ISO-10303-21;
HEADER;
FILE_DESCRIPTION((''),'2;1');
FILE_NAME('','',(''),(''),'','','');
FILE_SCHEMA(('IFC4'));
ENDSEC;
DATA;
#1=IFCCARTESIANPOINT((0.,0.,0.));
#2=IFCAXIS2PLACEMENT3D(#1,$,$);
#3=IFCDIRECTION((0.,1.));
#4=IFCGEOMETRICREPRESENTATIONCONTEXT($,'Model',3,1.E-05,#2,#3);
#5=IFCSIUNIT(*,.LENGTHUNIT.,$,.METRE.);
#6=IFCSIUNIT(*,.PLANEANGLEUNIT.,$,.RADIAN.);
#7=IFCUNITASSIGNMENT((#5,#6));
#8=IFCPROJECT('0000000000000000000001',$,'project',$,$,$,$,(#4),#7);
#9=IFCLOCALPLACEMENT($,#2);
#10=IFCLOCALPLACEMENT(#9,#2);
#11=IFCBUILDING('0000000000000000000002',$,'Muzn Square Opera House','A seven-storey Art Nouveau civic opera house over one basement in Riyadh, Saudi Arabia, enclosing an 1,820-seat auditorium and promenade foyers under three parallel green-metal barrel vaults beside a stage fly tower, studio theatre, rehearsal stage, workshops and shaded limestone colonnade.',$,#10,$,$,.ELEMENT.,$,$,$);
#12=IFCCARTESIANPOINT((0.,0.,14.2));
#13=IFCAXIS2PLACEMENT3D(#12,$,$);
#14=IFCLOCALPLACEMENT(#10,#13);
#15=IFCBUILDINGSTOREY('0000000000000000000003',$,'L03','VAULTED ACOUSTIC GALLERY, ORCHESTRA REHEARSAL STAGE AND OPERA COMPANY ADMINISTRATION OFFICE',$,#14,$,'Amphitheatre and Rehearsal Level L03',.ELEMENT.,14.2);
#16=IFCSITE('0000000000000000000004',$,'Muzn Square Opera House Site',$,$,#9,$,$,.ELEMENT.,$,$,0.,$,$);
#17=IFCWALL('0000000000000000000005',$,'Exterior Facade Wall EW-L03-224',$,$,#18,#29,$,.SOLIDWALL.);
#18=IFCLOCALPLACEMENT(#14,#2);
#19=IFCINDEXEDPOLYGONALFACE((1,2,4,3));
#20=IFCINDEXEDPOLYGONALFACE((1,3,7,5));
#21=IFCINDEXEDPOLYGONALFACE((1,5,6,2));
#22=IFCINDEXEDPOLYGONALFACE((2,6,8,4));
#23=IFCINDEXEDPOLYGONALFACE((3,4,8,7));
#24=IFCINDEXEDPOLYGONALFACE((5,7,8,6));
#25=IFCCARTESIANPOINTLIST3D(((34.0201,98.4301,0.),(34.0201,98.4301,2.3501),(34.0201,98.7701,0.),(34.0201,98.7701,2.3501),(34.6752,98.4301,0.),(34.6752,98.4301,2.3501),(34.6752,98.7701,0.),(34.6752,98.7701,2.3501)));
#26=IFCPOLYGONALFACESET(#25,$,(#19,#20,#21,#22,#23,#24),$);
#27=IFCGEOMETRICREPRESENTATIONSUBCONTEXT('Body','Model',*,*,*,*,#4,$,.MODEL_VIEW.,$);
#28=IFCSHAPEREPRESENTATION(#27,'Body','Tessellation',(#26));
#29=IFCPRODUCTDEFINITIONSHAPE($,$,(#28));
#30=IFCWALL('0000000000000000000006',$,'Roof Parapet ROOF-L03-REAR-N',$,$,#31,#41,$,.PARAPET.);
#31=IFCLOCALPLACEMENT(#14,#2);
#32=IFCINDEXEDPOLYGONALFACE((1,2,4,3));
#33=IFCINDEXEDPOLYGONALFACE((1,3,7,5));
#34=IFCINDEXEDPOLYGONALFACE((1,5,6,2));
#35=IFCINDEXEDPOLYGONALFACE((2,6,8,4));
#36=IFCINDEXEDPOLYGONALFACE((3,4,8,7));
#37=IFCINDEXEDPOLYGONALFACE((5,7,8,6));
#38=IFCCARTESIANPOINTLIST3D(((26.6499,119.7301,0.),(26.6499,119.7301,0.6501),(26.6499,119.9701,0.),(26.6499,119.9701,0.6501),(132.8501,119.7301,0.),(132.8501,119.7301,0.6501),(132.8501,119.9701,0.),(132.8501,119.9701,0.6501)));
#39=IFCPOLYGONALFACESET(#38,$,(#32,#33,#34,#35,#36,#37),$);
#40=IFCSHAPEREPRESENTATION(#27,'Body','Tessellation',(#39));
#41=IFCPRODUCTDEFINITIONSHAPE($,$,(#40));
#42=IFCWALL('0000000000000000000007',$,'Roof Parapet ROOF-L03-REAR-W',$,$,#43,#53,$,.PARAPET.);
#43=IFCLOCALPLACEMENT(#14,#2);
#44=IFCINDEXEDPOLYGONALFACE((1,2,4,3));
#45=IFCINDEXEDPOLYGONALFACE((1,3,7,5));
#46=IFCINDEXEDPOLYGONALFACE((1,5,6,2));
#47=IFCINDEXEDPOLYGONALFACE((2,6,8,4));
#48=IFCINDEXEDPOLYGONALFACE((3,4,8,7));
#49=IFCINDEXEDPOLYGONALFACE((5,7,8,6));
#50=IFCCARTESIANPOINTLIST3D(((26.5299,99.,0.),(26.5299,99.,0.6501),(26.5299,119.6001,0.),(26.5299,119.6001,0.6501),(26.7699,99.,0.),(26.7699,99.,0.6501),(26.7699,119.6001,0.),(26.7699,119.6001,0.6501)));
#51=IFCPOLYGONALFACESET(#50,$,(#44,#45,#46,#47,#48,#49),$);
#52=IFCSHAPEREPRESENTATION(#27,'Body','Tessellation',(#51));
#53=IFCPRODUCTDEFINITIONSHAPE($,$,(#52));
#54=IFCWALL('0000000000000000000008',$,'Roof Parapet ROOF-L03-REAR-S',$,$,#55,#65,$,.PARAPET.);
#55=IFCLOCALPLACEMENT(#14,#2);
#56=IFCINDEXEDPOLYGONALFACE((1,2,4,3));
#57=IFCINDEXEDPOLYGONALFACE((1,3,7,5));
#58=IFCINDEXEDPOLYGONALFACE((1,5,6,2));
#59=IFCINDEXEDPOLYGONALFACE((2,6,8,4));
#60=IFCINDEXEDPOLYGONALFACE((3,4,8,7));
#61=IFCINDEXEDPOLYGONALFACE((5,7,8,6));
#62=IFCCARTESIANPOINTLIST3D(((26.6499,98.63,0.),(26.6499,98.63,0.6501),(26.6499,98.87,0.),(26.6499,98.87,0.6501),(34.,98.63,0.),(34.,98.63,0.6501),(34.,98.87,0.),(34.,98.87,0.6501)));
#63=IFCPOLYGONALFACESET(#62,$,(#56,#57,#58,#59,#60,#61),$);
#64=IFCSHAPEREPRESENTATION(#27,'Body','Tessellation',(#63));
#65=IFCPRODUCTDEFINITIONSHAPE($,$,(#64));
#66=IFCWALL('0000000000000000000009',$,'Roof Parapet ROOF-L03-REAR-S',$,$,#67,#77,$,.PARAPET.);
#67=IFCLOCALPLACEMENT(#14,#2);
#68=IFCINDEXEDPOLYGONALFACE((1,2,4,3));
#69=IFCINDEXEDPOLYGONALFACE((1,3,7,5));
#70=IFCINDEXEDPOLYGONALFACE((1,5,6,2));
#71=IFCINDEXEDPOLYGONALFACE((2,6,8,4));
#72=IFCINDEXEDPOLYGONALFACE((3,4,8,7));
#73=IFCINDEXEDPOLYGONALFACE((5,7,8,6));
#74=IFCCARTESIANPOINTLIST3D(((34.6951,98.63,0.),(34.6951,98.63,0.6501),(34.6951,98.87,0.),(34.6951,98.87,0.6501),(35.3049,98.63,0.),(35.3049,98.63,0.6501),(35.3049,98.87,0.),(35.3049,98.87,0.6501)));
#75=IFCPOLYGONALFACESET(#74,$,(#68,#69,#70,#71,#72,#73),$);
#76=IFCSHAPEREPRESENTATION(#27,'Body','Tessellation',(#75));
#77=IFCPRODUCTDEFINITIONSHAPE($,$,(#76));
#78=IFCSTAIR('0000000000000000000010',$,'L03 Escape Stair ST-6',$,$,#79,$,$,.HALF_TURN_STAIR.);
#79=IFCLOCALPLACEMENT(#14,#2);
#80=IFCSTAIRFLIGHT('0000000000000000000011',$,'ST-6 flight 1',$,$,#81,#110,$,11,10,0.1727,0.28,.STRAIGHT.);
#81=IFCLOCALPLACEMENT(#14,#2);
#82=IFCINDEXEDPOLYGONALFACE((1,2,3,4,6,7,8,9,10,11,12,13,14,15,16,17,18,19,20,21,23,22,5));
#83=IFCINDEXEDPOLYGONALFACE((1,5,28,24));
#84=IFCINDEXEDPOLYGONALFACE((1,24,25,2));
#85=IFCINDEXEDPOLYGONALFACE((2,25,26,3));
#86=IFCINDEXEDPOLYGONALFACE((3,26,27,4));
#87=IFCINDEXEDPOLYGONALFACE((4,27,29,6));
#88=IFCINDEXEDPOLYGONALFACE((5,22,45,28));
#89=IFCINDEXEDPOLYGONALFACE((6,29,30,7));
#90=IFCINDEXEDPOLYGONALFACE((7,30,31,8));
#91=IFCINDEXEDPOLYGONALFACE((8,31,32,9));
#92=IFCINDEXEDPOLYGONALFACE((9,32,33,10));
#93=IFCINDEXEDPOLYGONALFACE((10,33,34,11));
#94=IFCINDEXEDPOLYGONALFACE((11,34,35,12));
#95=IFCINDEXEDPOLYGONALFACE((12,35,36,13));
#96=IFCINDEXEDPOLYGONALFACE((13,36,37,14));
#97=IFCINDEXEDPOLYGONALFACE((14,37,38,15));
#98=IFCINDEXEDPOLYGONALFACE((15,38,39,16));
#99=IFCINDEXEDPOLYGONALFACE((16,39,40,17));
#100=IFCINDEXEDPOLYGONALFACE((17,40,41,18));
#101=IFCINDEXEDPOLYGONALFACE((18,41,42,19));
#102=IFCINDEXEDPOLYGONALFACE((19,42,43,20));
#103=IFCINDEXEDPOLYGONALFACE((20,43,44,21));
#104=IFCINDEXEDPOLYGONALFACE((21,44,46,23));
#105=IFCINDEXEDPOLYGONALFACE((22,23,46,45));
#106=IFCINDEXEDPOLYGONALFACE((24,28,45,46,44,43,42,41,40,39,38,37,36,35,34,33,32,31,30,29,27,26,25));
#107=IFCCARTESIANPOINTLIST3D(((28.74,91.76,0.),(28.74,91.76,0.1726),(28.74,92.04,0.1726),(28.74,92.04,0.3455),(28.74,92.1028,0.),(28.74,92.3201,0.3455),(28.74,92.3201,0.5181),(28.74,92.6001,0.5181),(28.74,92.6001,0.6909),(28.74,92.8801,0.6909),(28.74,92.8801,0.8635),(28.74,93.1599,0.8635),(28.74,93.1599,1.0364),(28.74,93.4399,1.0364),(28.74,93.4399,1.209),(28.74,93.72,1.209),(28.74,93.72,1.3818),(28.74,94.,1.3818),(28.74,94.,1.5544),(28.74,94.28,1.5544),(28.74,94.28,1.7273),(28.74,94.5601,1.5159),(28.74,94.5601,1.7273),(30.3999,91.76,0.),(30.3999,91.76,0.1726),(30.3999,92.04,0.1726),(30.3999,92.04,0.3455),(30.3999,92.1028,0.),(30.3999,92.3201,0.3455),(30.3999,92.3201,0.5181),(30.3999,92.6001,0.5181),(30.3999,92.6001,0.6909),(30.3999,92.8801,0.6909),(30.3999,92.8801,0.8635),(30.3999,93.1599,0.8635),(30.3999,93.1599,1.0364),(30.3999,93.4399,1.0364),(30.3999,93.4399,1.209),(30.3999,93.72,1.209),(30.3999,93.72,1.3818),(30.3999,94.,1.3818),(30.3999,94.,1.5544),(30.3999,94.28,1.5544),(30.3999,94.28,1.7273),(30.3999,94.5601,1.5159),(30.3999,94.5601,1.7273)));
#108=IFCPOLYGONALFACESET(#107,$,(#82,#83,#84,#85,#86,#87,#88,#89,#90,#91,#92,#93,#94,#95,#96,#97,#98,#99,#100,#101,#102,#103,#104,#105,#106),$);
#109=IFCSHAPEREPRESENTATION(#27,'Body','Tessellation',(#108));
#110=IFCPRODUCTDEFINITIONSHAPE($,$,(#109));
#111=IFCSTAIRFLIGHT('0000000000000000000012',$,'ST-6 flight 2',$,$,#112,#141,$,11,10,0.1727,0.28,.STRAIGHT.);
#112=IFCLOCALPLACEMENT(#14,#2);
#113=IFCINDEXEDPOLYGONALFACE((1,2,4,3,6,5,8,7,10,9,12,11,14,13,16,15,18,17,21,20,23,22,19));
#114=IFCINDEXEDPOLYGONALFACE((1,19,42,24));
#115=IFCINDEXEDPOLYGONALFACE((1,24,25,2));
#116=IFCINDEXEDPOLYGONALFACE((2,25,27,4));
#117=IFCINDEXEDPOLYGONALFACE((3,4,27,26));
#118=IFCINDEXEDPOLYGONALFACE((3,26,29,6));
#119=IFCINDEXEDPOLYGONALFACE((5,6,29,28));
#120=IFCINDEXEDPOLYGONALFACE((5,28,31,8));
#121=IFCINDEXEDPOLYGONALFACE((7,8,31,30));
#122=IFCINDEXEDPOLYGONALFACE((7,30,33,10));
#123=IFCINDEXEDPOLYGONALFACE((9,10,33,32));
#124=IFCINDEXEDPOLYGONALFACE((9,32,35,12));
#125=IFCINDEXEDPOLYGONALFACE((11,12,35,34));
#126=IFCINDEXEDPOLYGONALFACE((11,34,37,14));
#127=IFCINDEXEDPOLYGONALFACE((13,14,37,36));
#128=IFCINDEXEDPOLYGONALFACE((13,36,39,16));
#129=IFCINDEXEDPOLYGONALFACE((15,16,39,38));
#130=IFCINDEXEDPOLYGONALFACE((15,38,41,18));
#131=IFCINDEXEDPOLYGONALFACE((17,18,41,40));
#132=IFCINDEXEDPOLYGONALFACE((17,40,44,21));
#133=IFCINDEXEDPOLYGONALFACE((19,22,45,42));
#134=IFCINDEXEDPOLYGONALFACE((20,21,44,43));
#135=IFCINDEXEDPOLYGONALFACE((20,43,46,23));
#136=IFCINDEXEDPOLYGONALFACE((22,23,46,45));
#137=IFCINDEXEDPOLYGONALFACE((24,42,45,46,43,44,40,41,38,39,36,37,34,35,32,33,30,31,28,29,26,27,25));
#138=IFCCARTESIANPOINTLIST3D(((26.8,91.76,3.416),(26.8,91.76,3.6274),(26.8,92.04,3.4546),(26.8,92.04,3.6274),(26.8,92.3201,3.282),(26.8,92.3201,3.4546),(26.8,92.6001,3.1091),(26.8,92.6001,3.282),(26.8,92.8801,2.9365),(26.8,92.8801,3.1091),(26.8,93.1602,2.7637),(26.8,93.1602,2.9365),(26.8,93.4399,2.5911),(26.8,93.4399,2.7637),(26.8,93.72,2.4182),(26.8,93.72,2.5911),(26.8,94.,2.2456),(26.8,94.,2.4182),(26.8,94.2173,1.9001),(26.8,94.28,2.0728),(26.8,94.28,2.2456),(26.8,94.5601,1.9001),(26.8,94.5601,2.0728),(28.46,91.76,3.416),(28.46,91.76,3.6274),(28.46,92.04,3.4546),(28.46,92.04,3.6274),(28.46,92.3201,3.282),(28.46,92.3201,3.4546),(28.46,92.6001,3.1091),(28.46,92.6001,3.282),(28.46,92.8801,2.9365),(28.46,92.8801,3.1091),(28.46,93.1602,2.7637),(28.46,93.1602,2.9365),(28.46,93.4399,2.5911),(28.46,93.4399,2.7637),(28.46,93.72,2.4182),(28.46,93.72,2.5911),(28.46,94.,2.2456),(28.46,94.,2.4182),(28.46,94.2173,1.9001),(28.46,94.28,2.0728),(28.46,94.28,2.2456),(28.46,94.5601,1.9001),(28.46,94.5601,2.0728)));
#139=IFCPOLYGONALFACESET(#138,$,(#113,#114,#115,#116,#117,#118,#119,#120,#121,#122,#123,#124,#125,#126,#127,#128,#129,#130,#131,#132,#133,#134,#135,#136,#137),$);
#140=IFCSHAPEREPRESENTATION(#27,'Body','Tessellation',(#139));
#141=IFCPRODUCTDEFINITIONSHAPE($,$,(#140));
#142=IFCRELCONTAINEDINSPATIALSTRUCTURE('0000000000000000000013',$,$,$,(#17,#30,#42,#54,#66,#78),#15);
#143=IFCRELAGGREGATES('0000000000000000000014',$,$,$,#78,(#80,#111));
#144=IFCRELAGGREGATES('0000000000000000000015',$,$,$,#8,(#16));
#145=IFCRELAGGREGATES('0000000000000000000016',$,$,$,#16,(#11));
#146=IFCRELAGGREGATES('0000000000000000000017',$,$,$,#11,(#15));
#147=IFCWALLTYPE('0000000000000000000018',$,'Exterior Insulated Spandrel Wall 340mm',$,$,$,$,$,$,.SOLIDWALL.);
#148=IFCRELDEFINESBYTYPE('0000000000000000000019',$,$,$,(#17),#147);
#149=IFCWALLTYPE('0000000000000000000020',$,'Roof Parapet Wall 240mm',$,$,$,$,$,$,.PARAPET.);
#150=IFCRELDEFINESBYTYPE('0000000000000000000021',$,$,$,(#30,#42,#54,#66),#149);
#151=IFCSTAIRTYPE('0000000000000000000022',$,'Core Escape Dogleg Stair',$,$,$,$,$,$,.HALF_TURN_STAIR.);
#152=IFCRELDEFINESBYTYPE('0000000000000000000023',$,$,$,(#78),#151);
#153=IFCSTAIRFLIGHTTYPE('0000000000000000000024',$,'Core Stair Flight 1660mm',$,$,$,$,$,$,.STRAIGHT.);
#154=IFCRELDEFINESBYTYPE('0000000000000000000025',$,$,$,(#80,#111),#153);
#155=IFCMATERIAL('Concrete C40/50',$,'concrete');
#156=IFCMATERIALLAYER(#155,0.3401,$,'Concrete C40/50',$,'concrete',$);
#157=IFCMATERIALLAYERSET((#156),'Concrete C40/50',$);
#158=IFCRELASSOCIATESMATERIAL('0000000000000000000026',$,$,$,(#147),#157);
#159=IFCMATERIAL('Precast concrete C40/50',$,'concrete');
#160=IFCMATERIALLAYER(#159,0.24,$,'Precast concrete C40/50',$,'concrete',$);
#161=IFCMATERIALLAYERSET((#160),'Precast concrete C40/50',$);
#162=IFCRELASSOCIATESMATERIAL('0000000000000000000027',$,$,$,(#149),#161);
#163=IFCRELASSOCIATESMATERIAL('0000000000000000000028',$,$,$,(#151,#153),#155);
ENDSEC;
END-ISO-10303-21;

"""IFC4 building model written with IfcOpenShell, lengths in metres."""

from ifc_helpers import new_model, si_unit, direction, frame, frame_2d, origin, place, context, subcontext, project, spatial, polyline, rectangle, outline, extrude, material, layer, layer_set, type_object, element, aggregate, save


model = new_model("IFC4")

# Units and contexts
model_context = context("Model", 3, precision=1e-05, world=origin(), true_north=direction((0.0, 1.0)))
body_context = subcontext(model_context, "Body", "Model", "MODEL_VIEW")
ifc_project = project(units=[si_unit("LENGTHUNIT", "METRE"), si_unit("PLANEANGLEUNIT", "RADIAN")], contexts=[model_context])

# Site, building, storey
site_placement = place(None, origin())
site = spatial("IfcSite", under=ifc_project, at=site_placement, Name="Muzn Square Opera House Site", CompositionType="ELEMENT", RefElevation=0.0)
building_placement = place(site_placement, origin())
building = spatial("IfcBuilding", under=site, at=building_placement, Name="Muzn Square Opera House", Description="A seven-storey Art Nouveau civic opera house over one basement in Riyadh, Saudi Arabia, enclosing an 1,820-seat auditorium and promenade foyers under three parallel green-metal barrel vaults beside a stage fly tower, studio theatre, rehearsal stage, workshops and shaded limestone colonnade.", CompositionType="ELEMENT")
storey_placement = place(building_placement, frame((0.0, 0.0, 14.2)))
storey = spatial("IfcBuildingStorey", under=building, at=storey_placement, Name="L03", Description="VAULTED ACOUSTIC GALLERY, ORCHESTRA REHEARSAL STAGE AND OPERA COMPANY ADMINISTRATION OFFICE", LongName="Amphitheatre and Rehearsal Level L03", CompositionType="ELEMENT", Elevation=14.2)

# Shared definitions
ifc_material_1 = material(Name="Concrete C40/50", Category="concrete")

# Walls
ifc_layer_1 = layer(ifc_material_1, 0.3401, Name="Concrete C40/50", Category="concrete")
ifc_layer_set_1 = layer_set([ifc_layer_1], Name="Concrete C40/50")
wall_type_1 = type_object("IfcWallType", Name="Exterior Insulated Spandrel Wall 340mm", PredefinedType="SOLIDWALL", material=ifc_layer_set_1)
wall_1_placement = place(storey_placement, frame((34.02, 98.6001, 0.0), z_axis=(0.0, 0.0, 1.0), x_axis=(1.0, 0.0, 0.0)))
element("IfcWall", 1, at=wall_1_placement, inside=storey, type_object=wall_type_1, Name="Exterior Facade Wall EW-L03-224", PredefinedType="SOLIDWALL", context=body_context, shape_type="SweptSolid", body=[
    extrude(rectangle(XDim=0.655, YDim=0.3401, at=frame_2d((0.3276, 0.0))), origin(), (0.0, 0.0, 1.0), 2.3501),
])
ifc_material_2 = material(Name="Precast concrete C40/50", Category="concrete")
ifc_layer_2 = layer(ifc_material_2, 0.24, Name="Precast concrete C40/50", Category="concrete")
ifc_layer_set_2 = layer_set([ifc_layer_2], Name="Precast concrete C40/50")
wall_type_2 = type_object("IfcWallType", Name="Roof Parapet Wall 240mm", PredefinedType="PARAPET", material=ifc_layer_set_2)
wall_2_placement = place(storey_placement, frame((26.6499, 119.8501, 0.0), z_axis=(0.0, 0.0, 1.0), x_axis=(1.0, 0.0, 0.0)))
element("IfcWall", 2, at=wall_2_placement, inside=storey, type_object=wall_type_2, Name="Roof Parapet ROOF-L03-REAR-N", PredefinedType="PARAPET", context=body_context, shape_type="SweptSolid", body=[
    extrude(rectangle(XDim=106.2002, YDim=0.24, at=frame_2d((53.1001, 0.0))), origin(), (0.0, 0.0, 1.0), 0.6501),
])
wall_3_placement = place(storey_placement, frame((26.6499, 99.0, 0.0), z_axis=(0.0, 0.0, 1.0), x_axis=(0.0, 1.0, 0.0)))
element("IfcWall", 3, at=wall_3_placement, inside=storey, type_object=wall_type_2, Name="Roof Parapet ROOF-L03-REAR-W", PredefinedType="PARAPET", context=body_context, shape_type="SweptSolid", body=[
    extrude(rectangle(XDim=20.6001, YDim=0.24, at=frame_2d((10.3, 0.0))), origin(), (0.0, 0.0, 1.0), 0.6501),
])
wall_4_placement = place(storey_placement, frame((26.6499, 98.75, 0.0), z_axis=(0.0, 0.0, 1.0), x_axis=(1.0, 0.0, 0.0)))
element("IfcWall", 4, at=wall_4_placement, inside=storey, type_object=wall_type_2, Name="Roof Parapet ROOF-L03-REAR-S", PredefinedType="PARAPET", context=body_context, shape_type="SweptSolid", body=[
    extrude(rectangle(XDim=7.3501, YDim=0.24, at=frame_2d((3.675, 0.0))), origin(), (0.0, 0.0, 1.0), 0.6501),
])
wall_5_placement = place(storey_placement, frame((34.6951, 98.75, 0.0), z_axis=(0.0, 0.0, 1.0), x_axis=(1.0, 0.0, 0.0)))
element("IfcWall", 5, at=wall_5_placement, inside=storey, type_object=wall_type_2, Name="Roof Parapet ROOF-L03-REAR-S", PredefinedType="PARAPET", context=body_context, shape_type="SweptSolid", body=[
    extrude(rectangle(XDim=0.6099, YDim=0.24, at=frame_2d((0.3049, 0.0))), origin(), (0.0, 0.0, 1.0), 0.6501),
])

# Stair, stair flights
stair_type = type_object("IfcStairType", Name="Core Escape Dogleg Stair", PredefinedType="HALF_TURN_STAIR", material=ifc_material_1)
stair_placement = place(storey_placement, origin())
stair = element("IfcStair", 6, at=stair_placement, inside=storey, type_object=stair_type, Name="L03 Escape Stair ST-6", PredefinedType="HALF_TURN_STAIR")
stair_flight_type = type_object("IfcStairFlightType", Name="Core Stair Flight 1660mm", PredefinedType="STRAIGHT", material=ifc_material_1)
stair_flight_1_placement = place(storey_placement, frame((29.5701, 91.76, 0.0), z_axis=(0.0, 0.0, 1.0), x_axis=(0.0, 1.0, 0.0)))
stair_flight_1 = element("IfcStairFlight", 7, at=stair_flight_1_placement, type_object=stair_flight_type, Name="ST-6 flight 1", NumberOfRisers=11, NumberOfTreads=10, PredefinedType="STRAIGHT", RiserHeight=0.1727, TreadLength=0.28, context=body_context, shape_type="SweptSolid", body=[
    extrude(outline(polyline([(0.0, 0.0), (0.0, 0.1726), (0.28, 0.1726), (0.28, 0.3455), (0.5601, 0.3455), (0.5601, 0.5181), (0.8401, 0.5181), (0.8401, 0.6909), (1.1201, 0.6909), (1.1201, 0.8635), (1.3999, 0.8635), (1.3999, 1.0364), (1.6799, 1.0364), (1.6799, 1.209), (1.96, 1.209), (1.96, 1.3818), (2.24, 1.3818), (2.24, 1.5544), (2.52, 1.5544), (2.52, 1.7273), (2.8, 1.7273), (2.8, 1.8999), (2.8, 1.5159), (0.3428, 0.0), (0.0, 0.0)])), frame((0.0, 0.8301, 0.0), z_axis=(0.0, -1.0, 0.0), x_axis=(1.0, 0.0, 0.0)), (0.0, 0.0, 1.0), 1.6599),
])
stair_flight_2_placement = place(storey_placement, frame((27.6299, 94.5601, 1.9001), z_axis=(0.0, 0.0, 1.0), x_axis=(0.0, -1.0, 0.0)))
stair_flight_2 = element("IfcStairFlight", 8, at=stair_flight_2_placement, type_object=stair_flight_type, Name="ST-6 flight 2", NumberOfRisers=11, NumberOfTreads=10, PredefinedType="STRAIGHT", RiserHeight=0.1727, TreadLength=0.28, context=body_context, shape_type="SweptSolid", body=[
    extrude(outline(polyline([(0.0, 0.0), (0.0, 0.1726), (0.28, 0.1726), (0.28, 0.3455), (0.5601, 0.3455), (0.5601, 0.5181), (0.8401, 0.5181), (0.8401, 0.6909), (1.1201, 0.6909), (1.1201, 0.8635), (1.3999, 0.8635), (1.3999, 1.0364), (1.6799, 1.0364), (1.6799, 1.209), (1.96, 1.209), (1.96, 1.3818), (2.24, 1.3818), (2.24, 1.5544), (2.52, 1.5544), (2.52, 1.7273), (2.8, 1.7273), (2.8, 1.8999), (2.8, 1.5159), (0.3428, 0.0), (0.0, 0.0)])), frame((0.0, 0.8301, 0.0), z_axis=(0.0, -1.0, 0.0), x_axis=(1.0, 0.0, 0.0)), (0.0, 0.0, 1.0), 1.6599),
])
aggregate(stair, [stair_flight_1, stair_flight_2])

save(model, "model.ifc")
